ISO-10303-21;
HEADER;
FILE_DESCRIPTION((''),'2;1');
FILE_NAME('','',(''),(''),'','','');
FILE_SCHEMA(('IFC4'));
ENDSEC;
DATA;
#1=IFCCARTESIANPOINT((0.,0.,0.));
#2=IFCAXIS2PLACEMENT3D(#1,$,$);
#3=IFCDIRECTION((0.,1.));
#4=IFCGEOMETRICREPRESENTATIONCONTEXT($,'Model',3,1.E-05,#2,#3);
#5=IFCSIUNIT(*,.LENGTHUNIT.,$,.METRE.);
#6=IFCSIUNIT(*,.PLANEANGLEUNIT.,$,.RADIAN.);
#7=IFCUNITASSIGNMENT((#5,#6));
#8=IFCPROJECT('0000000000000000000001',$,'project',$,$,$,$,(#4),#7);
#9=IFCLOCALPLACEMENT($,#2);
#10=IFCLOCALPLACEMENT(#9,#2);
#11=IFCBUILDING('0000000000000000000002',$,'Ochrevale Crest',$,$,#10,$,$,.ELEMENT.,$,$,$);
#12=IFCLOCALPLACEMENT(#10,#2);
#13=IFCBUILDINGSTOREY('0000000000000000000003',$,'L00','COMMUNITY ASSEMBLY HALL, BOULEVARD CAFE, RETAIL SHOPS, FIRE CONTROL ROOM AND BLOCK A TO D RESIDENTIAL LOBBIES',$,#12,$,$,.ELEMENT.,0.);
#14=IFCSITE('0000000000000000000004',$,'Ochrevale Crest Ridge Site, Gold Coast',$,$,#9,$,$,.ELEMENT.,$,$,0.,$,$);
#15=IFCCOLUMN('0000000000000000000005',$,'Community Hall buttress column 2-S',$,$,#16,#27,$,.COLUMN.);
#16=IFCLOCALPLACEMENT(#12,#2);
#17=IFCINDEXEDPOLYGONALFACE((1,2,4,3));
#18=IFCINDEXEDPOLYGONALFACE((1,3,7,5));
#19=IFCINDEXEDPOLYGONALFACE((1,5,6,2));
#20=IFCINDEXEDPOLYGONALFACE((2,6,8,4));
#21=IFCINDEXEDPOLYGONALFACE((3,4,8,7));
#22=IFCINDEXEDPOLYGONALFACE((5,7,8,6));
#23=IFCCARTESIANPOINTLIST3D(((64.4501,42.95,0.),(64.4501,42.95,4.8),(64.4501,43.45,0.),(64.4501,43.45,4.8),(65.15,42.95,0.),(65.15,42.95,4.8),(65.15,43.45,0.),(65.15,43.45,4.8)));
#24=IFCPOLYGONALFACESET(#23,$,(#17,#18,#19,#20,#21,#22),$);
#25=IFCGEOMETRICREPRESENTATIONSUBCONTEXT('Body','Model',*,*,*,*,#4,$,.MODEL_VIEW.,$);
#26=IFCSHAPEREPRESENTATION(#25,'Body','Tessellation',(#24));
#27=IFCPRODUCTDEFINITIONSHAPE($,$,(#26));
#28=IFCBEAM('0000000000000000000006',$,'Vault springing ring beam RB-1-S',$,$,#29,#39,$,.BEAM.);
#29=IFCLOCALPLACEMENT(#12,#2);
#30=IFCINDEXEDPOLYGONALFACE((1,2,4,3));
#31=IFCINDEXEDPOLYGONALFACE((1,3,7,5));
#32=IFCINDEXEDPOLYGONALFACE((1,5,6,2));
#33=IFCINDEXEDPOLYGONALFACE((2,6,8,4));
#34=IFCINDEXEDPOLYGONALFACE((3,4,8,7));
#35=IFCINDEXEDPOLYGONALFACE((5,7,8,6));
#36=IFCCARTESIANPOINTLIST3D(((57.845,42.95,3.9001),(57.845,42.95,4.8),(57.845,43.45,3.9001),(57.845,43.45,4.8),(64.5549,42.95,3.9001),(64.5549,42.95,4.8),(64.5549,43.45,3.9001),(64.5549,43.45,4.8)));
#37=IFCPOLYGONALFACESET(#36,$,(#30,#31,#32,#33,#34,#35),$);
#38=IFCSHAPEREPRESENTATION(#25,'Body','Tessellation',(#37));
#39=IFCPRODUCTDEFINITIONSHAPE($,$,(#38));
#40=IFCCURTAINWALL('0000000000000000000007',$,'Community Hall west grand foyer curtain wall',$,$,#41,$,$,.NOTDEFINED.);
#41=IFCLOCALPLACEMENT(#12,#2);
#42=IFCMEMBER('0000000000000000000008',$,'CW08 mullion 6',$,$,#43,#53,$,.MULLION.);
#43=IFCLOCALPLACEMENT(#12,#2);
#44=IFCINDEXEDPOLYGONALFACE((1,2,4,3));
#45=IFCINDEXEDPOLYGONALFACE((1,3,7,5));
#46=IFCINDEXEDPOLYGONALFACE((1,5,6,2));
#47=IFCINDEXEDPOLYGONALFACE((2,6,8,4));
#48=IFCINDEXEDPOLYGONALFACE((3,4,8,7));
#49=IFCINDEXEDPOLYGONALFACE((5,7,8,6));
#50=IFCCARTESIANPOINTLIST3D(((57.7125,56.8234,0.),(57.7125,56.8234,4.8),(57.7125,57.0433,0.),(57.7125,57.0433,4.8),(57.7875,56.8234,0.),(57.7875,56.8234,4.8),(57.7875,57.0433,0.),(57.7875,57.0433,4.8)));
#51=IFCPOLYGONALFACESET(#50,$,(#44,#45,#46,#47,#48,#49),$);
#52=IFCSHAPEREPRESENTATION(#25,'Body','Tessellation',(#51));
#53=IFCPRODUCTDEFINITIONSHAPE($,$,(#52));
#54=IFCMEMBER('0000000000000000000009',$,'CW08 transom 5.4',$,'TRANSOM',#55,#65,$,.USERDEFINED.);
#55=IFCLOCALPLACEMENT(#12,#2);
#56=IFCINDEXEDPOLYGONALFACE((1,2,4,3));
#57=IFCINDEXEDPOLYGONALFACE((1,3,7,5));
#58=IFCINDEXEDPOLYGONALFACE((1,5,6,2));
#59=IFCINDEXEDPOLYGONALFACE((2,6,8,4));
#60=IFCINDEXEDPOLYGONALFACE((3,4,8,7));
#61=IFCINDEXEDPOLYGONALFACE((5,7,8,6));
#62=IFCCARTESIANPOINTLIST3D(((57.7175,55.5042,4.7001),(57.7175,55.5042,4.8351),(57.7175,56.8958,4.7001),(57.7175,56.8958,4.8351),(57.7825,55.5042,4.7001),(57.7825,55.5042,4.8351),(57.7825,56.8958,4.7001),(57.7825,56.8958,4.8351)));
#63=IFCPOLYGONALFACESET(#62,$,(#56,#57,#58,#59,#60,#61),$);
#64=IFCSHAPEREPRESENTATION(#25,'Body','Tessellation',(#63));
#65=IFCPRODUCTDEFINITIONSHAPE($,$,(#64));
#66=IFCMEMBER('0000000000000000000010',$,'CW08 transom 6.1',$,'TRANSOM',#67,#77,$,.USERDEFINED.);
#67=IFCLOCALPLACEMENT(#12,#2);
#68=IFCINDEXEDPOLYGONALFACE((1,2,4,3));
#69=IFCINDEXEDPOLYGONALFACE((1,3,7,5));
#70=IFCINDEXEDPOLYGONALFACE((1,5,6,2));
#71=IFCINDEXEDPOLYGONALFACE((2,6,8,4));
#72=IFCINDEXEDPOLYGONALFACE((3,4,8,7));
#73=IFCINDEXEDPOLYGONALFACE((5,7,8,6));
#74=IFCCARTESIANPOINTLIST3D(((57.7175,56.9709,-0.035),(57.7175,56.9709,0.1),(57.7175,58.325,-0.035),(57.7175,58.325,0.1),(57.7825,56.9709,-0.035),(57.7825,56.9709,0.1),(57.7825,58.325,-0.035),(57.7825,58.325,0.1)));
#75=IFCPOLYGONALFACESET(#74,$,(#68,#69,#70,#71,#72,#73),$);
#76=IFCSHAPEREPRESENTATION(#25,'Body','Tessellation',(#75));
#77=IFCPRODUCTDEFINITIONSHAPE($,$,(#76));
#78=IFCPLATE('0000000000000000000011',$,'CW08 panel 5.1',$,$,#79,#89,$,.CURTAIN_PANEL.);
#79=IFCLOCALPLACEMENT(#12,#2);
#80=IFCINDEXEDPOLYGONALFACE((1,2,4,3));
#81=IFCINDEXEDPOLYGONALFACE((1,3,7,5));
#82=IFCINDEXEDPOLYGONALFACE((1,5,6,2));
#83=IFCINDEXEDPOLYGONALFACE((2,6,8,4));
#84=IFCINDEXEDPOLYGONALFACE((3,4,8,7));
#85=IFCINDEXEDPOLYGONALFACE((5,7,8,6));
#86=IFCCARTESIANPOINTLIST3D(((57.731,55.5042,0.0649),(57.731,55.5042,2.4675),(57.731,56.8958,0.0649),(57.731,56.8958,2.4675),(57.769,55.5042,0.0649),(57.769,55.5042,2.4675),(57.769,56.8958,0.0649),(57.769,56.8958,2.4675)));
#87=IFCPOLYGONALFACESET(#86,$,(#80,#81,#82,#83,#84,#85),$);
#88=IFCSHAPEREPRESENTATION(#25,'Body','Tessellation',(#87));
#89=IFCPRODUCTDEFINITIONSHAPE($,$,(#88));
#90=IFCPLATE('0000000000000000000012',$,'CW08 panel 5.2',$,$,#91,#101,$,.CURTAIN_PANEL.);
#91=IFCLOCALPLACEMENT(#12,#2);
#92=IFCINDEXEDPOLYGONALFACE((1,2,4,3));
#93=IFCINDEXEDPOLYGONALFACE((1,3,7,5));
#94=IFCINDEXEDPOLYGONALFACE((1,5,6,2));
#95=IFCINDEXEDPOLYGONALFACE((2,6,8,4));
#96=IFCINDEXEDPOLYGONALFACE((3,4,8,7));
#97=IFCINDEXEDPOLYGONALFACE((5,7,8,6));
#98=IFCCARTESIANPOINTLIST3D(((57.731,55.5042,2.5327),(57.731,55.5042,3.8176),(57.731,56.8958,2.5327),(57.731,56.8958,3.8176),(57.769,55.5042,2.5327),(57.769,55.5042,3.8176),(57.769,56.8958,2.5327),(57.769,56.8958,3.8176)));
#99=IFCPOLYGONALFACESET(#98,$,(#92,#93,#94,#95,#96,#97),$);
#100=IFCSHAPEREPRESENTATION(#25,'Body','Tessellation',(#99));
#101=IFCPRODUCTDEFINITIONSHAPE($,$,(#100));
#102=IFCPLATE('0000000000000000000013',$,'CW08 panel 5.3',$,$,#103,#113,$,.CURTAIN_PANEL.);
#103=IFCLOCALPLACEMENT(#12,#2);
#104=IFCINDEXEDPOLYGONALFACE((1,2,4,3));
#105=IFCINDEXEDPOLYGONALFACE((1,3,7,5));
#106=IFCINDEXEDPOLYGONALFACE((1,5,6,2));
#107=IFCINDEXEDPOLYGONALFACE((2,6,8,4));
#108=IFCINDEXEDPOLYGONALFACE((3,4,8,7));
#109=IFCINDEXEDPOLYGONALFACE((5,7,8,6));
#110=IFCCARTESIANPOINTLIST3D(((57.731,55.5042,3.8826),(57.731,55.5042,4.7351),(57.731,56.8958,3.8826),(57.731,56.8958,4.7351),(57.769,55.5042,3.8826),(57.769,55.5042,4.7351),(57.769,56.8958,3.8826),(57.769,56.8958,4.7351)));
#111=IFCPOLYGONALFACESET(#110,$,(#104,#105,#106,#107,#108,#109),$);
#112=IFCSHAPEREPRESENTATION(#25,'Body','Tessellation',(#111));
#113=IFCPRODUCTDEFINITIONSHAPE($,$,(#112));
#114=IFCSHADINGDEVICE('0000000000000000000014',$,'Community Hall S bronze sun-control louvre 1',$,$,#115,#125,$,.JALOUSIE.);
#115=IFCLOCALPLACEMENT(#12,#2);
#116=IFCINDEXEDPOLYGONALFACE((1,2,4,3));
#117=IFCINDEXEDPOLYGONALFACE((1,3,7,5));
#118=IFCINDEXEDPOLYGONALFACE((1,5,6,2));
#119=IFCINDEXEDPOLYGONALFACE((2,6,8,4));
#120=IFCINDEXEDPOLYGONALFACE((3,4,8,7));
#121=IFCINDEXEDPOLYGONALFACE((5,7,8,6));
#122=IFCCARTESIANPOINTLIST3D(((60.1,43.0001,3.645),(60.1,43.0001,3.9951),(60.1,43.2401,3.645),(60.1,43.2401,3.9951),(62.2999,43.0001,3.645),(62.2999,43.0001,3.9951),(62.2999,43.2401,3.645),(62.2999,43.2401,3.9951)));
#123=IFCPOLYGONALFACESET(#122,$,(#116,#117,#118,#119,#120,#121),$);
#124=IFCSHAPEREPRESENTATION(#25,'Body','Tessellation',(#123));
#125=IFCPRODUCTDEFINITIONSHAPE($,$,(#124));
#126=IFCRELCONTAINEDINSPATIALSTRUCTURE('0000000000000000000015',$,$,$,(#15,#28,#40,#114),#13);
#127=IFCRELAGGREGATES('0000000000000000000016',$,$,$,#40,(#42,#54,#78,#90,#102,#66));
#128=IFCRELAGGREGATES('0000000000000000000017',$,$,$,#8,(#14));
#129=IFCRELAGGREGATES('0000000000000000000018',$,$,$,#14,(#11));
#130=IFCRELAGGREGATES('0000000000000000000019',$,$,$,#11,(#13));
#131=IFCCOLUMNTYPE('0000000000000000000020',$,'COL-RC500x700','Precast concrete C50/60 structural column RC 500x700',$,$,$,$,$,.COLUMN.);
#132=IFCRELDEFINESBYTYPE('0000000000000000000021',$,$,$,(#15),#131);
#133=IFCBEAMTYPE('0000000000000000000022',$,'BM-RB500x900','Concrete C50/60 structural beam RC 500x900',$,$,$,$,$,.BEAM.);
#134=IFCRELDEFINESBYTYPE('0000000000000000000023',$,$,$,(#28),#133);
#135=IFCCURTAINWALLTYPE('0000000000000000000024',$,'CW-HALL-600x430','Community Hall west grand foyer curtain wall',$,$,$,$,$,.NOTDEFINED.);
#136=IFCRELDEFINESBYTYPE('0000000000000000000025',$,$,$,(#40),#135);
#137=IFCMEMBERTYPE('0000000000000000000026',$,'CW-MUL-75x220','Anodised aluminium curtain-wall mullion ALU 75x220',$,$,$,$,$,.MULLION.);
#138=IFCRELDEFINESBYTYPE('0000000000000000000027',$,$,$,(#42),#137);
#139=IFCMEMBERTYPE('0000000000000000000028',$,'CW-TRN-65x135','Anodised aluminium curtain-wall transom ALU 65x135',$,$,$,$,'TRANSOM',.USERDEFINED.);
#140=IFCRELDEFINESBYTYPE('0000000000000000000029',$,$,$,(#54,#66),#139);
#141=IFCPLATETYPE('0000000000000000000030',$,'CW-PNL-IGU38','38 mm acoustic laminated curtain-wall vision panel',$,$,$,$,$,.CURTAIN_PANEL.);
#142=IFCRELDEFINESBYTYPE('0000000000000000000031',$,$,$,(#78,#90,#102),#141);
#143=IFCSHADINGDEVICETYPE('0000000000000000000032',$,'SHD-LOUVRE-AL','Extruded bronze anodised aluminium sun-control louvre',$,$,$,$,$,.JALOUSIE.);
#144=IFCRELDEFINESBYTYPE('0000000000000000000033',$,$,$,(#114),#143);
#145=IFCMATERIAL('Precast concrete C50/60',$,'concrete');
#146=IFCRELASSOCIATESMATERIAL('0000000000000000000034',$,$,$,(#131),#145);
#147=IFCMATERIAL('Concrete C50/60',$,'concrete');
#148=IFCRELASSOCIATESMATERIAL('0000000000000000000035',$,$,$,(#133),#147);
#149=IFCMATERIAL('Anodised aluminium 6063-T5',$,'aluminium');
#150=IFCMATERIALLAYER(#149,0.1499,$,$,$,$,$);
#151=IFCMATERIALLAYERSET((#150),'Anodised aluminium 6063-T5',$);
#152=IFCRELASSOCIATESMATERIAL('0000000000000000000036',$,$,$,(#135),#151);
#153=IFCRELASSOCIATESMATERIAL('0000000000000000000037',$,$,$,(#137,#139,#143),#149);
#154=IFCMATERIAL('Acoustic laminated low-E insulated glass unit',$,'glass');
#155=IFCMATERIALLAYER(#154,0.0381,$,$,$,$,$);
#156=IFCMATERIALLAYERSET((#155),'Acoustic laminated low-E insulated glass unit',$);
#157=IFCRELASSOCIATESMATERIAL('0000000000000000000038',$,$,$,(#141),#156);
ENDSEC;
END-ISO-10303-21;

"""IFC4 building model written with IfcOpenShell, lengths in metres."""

from ifc_helpers import new_model, si_unit, direction, frame, origin, origin_2d, place, context, subcontext, project, spatial, rectangle, extrude, material, layer, layer_set, material_profile, profile_set, type_object, element, aggregate, save


model = new_model("IFC4")

# Units and contexts
model_context = context("Model", 3, precision=1e-05, world=origin(), true_north=direction((0.0, 1.0)))
body_context = subcontext(model_context, "Body", "Model", "MODEL_VIEW")
ifc_project = project(units=[si_unit("LENGTHUNIT", "METRE"), si_unit("PLANEANGLEUNIT", "RADIAN")], contexts=[model_context])

# Site, building, storey
site_placement = place(None, origin())
site = spatial("IfcSite", under=ifc_project, at=site_placement, Name="Ochrevale Crest Ridge Site, Gold Coast", CompositionType="ELEMENT", RefElevation=0.0)
building_placement = place(site_placement, origin())
building = spatial("IfcBuilding", under=site, at=building_placement, Name="Ochrevale Crest", CompositionType="ELEMENT")
storey_placement = place(building_placement, origin())
storey = spatial("IfcBuildingStorey", under=building, at=storey_placement, Name="L00", Description="COMMUNITY ASSEMBLY HALL, BOULEVARD CAFE, RETAIL SHOPS, FIRE CONTROL ROOM AND BLOCK A TO D RESIDENTIAL LOBBIES", CompositionType="ELEMENT", Elevation=0.0)

# Column
ifc_material_1 = material(Name="Precast concrete C50/60", Category="concrete")
ifc_material_profile_1 = material_profile(ifc_material_1, rectangle(XDim=0.5, YDim=0.7, at=origin_2d()), Name="RC 500x700")
ifc_profile_set_1 = profile_set([ifc_material_profile_1], Name="Precast concrete C50/60")
column_type = type_object("IfcColumnType", Name="COL-RC500x700", Description="Precast concrete C50/60 structural column RC 500x700", PredefinedType="COLUMN", material=ifc_profile_set_1)
column_placement = place(storey_placement, frame((64.8, 43.2, 0.0), z_axis=(0.0, 0.0, 1.0), x_axis=(0.0, 1.0, 0.0)))
element("IfcColumn", 1, at=column_placement, inside=storey, type_object=column_type, Name="Community Hall buttress column 2-S", PredefinedType="COLUMN", context=body_context, shape_type="SweptSolid", body=[
    extrude(rectangle(XDim=0.5, YDim=0.7, at=origin_2d()), origin(), (0.0, 0.0, 1.0), 4.8),
])

# Beam
ifc_material_2 = material(Name="Concrete C50/60", Category="concrete")
ifc_material_profile_2 = material_profile(ifc_material_2, rectangle(XDim=0.5, YDim=0.8999, at=origin_2d()), Name="RC 500x900")
ifc_profile_set_2 = profile_set([ifc_material_profile_2], Name="Concrete C50/60")
beam_type = type_object("IfcBeamType", Name="BM-RB500x900", Description="Concrete C50/60 structural beam RC 500x900", PredefinedType="BEAM", material=ifc_profile_set_2)
beam_placement = place(storey_placement, frame((57.845, 43.2, 4.3501), z_axis=(1.0, 0.0, 0.0), x_axis=(0.0, 1.0, 0.0)))
element("IfcBeam", 2, at=beam_placement, inside=storey, type_object=beam_type, Name="Vault springing ring beam RB-1-S", PredefinedType="BEAM", context=body_context, shape_type="SweptSolid", body=[
    extrude(rectangle(XDim=0.5, YDim=0.8999, at=origin_2d()), origin(), (0.0, 0.0, 1.0), 6.71),
])

# Curtain wall, members, plates
ifc_material_3 = material(Name="Anodised aluminium 6063-T5", Category="aluminium")
ifc_layer_1 = layer(ifc_material_3, 0.1499)
ifc_layer_set_1 = layer_set([ifc_layer_1], Name="Anodised aluminium 6063-T5")
curtain_wall_type = type_object("IfcCurtainWallType", Name="CW-HALL-600x430", Description="Community Hall west grand foyer curtain wall", PredefinedType="NOTDEFINED", material=ifc_layer_set_1)
curtain_wall_placement = place(storey_placement, origin())
curtain_wall = element("IfcCurtainWall", 3, at=curtain_wall_placement, inside=storey, type_object=curtain_wall_type, Name="Community Hall west grand foyer curtain wall", PredefinedType="NOTDEFINED")
ifc_material_profile_3 = material_profile(ifc_material_3, rectangle(XDim=0.075, YDim=0.22, at=origin_2d()), Name="ALU 75x220")
ifc_profile_set_3 = profile_set([ifc_material_profile_3], Name="Anodised aluminium 6063-T5")
member_type_1 = type_object("IfcMemberType", Name="CW-MUL-75x220", Description="Anodised aluminium curtain-wall mullion ALU 75x220", PredefinedType="MULLION", material=ifc_profile_set_3)
member_1_placement = place(storey_placement, frame((57.75, 56.9333, 0.0), z_axis=(0.0, 0.0, 1.0), x_axis=(-1.0, 0.0, 0.0)))
member_1 = element("IfcMember", 4, at=member_1_placement, type_object=member_type_1, Name="CW08 mullion 6", PredefinedType="MULLION", context=body_context, shape_type="SweptSolid", body=[
    extrude(rectangle(XDim=0.075, YDim=0.22, at=origin_2d()), origin(), (0.0, 0.0, 1.0), 4.8),
])
ifc_material_profile_4 = material_profile(ifc_material_3, rectangle(XDim=0.0649, YDim=0.135, at=origin_2d()), Name="ALU 65x135")
ifc_profile_set_4 = profile_set([ifc_material_profile_4], Name="Anodised aluminium 6063-T5")
member_type_2 = type_object("IfcMemberType", Name="CW-TRN-65x135", Description="Anodised aluminium curtain-wall transom ALU 65x135", ElementType="TRANSOM", PredefinedType="USERDEFINED", material=ifc_profile_set_4)
member_2_placement = place(storey_placement, frame((57.75, 55.5042, 4.7676), z_axis=(0.0, 1.0, 0.0), x_axis=(-1.0, 0.0, 0.0)))
member_2 = element("IfcMember", 5, at=member_2_placement, type_object=member_type_2, Name="CW08 transom 5.4", ObjectType="TRANSOM", PredefinedType="USERDEFINED", context=body_context, shape_type="SweptSolid", body=[
    extrude(rectangle(XDim=0.0649, YDim=0.135, at=origin_2d()), origin(), (0.0, 0.0, 1.0), 1.3916),
])
member_3_placement = place(storey_placement, frame((57.75, 56.9709, 0.0325), z_axis=(0.0, 1.0, 0.0), x_axis=(-1.0, 0.0, 0.0)))
member_3 = element("IfcMember", 6, at=member_3_placement, type_object=member_type_2, Name="CW08 transom 6.1", ObjectType="TRANSOM", PredefinedType="USERDEFINED", context=body_context, shape_type="SweptSolid", body=[
    extrude(rectangle(XDim=0.0649, YDim=0.135, at=origin_2d()), origin(), (0.0, 0.0, 1.0), 1.354),
])
ifc_material_4 = material(Name="Acoustic laminated low-E insulated glass unit", Category="glass")
ifc_layer_2 = layer(ifc_material_4, 0.0381)
ifc_layer_set_2 = layer_set([ifc_layer_2], Name="Acoustic laminated low-E insulated glass unit")
plate_type = type_object("IfcPlateType", Name="CW-PNL-IGU38", Description="38 mm acoustic laminated curtain-wall vision panel", PredefinedType="CURTAIN_PANEL", material=ifc_layer_set_2)
plate_1_placement = place(storey_placement, frame((57.75, 56.2, 0.0649), z_axis=(0.0, 0.0, 1.0), x_axis=(0.0, 1.0, 0.0)))
plate_1 = element("IfcPlate", 7, at=plate_1_placement, type_object=plate_type, Name="CW08 panel 5.1", PredefinedType="CURTAIN_PANEL", context=body_context, shape_type="SweptSolid", body=[
    extrude(rectangle(XDim=1.3916, YDim=0.0381, at=origin_2d()), origin(), (0.0, 0.0, 1.0), 2.4026),
])
plate_2_placement = place(storey_placement, frame((57.75, 56.2, 2.5327), z_axis=(0.0, 0.0, 1.0), x_axis=(0.0, 1.0, 0.0)))
plate_2 = element("IfcPlate", 8, at=plate_2_placement, type_object=plate_type, Name="CW08 panel 5.2", PredefinedType="CURTAIN_PANEL", context=body_context, shape_type="SweptSolid", body=[
    extrude(rectangle(XDim=1.3916, YDim=0.0381, at=origin_2d()), origin(), (0.0, 0.0, 1.0), 1.2849),
])
plate_3_placement = place(storey_placement, frame((57.75, 56.2, 3.8826), z_axis=(0.0, 0.0, 1.0), x_axis=(0.0, 1.0, 0.0)))
plate_3 = element("IfcPlate", 9, at=plate_3_placement, type_object=plate_type, Name="CW08 panel 5.3", PredefinedType="CURTAIN_PANEL", context=body_context, shape_type="SweptSolid", body=[
    extrude(rectangle(XDim=1.3916, YDim=0.0381, at=origin_2d()), origin(), (0.0, 0.0, 1.0), 0.8525),
])
aggregate(curtain_wall, [member_1, member_2, plate_1, plate_2, plate_3, member_3])

# Shading device
shading_device_type = type_object("IfcShadingDeviceType", Name="SHD-LOUVRE-AL", Description="Extruded bronze anodised aluminium sun-control louvre", PredefinedType="JALOUSIE", material=ifc_material_3)
shading_device_placement = place(storey_placement, frame((61.2, 43.1201, 3.645), z_axis=(0.0, 0.0, 1.0), x_axis=(1.0, 0.0, 0.0)))
element("IfcShadingDevice", 10, at=shading_device_placement, inside=storey, type_object=shading_device_type, Name="Community Hall S bronze sun-control louvre 1", PredefinedType="JALOUSIE", context=body_context, shape_type="SweptSolid", body=[
    extrude(rectangle(XDim=2.2, YDim=0.24, at=origin_2d()), origin(), (0.0, 0.0, 1.0), 0.3501),
])

save(model, "model.ifc")
